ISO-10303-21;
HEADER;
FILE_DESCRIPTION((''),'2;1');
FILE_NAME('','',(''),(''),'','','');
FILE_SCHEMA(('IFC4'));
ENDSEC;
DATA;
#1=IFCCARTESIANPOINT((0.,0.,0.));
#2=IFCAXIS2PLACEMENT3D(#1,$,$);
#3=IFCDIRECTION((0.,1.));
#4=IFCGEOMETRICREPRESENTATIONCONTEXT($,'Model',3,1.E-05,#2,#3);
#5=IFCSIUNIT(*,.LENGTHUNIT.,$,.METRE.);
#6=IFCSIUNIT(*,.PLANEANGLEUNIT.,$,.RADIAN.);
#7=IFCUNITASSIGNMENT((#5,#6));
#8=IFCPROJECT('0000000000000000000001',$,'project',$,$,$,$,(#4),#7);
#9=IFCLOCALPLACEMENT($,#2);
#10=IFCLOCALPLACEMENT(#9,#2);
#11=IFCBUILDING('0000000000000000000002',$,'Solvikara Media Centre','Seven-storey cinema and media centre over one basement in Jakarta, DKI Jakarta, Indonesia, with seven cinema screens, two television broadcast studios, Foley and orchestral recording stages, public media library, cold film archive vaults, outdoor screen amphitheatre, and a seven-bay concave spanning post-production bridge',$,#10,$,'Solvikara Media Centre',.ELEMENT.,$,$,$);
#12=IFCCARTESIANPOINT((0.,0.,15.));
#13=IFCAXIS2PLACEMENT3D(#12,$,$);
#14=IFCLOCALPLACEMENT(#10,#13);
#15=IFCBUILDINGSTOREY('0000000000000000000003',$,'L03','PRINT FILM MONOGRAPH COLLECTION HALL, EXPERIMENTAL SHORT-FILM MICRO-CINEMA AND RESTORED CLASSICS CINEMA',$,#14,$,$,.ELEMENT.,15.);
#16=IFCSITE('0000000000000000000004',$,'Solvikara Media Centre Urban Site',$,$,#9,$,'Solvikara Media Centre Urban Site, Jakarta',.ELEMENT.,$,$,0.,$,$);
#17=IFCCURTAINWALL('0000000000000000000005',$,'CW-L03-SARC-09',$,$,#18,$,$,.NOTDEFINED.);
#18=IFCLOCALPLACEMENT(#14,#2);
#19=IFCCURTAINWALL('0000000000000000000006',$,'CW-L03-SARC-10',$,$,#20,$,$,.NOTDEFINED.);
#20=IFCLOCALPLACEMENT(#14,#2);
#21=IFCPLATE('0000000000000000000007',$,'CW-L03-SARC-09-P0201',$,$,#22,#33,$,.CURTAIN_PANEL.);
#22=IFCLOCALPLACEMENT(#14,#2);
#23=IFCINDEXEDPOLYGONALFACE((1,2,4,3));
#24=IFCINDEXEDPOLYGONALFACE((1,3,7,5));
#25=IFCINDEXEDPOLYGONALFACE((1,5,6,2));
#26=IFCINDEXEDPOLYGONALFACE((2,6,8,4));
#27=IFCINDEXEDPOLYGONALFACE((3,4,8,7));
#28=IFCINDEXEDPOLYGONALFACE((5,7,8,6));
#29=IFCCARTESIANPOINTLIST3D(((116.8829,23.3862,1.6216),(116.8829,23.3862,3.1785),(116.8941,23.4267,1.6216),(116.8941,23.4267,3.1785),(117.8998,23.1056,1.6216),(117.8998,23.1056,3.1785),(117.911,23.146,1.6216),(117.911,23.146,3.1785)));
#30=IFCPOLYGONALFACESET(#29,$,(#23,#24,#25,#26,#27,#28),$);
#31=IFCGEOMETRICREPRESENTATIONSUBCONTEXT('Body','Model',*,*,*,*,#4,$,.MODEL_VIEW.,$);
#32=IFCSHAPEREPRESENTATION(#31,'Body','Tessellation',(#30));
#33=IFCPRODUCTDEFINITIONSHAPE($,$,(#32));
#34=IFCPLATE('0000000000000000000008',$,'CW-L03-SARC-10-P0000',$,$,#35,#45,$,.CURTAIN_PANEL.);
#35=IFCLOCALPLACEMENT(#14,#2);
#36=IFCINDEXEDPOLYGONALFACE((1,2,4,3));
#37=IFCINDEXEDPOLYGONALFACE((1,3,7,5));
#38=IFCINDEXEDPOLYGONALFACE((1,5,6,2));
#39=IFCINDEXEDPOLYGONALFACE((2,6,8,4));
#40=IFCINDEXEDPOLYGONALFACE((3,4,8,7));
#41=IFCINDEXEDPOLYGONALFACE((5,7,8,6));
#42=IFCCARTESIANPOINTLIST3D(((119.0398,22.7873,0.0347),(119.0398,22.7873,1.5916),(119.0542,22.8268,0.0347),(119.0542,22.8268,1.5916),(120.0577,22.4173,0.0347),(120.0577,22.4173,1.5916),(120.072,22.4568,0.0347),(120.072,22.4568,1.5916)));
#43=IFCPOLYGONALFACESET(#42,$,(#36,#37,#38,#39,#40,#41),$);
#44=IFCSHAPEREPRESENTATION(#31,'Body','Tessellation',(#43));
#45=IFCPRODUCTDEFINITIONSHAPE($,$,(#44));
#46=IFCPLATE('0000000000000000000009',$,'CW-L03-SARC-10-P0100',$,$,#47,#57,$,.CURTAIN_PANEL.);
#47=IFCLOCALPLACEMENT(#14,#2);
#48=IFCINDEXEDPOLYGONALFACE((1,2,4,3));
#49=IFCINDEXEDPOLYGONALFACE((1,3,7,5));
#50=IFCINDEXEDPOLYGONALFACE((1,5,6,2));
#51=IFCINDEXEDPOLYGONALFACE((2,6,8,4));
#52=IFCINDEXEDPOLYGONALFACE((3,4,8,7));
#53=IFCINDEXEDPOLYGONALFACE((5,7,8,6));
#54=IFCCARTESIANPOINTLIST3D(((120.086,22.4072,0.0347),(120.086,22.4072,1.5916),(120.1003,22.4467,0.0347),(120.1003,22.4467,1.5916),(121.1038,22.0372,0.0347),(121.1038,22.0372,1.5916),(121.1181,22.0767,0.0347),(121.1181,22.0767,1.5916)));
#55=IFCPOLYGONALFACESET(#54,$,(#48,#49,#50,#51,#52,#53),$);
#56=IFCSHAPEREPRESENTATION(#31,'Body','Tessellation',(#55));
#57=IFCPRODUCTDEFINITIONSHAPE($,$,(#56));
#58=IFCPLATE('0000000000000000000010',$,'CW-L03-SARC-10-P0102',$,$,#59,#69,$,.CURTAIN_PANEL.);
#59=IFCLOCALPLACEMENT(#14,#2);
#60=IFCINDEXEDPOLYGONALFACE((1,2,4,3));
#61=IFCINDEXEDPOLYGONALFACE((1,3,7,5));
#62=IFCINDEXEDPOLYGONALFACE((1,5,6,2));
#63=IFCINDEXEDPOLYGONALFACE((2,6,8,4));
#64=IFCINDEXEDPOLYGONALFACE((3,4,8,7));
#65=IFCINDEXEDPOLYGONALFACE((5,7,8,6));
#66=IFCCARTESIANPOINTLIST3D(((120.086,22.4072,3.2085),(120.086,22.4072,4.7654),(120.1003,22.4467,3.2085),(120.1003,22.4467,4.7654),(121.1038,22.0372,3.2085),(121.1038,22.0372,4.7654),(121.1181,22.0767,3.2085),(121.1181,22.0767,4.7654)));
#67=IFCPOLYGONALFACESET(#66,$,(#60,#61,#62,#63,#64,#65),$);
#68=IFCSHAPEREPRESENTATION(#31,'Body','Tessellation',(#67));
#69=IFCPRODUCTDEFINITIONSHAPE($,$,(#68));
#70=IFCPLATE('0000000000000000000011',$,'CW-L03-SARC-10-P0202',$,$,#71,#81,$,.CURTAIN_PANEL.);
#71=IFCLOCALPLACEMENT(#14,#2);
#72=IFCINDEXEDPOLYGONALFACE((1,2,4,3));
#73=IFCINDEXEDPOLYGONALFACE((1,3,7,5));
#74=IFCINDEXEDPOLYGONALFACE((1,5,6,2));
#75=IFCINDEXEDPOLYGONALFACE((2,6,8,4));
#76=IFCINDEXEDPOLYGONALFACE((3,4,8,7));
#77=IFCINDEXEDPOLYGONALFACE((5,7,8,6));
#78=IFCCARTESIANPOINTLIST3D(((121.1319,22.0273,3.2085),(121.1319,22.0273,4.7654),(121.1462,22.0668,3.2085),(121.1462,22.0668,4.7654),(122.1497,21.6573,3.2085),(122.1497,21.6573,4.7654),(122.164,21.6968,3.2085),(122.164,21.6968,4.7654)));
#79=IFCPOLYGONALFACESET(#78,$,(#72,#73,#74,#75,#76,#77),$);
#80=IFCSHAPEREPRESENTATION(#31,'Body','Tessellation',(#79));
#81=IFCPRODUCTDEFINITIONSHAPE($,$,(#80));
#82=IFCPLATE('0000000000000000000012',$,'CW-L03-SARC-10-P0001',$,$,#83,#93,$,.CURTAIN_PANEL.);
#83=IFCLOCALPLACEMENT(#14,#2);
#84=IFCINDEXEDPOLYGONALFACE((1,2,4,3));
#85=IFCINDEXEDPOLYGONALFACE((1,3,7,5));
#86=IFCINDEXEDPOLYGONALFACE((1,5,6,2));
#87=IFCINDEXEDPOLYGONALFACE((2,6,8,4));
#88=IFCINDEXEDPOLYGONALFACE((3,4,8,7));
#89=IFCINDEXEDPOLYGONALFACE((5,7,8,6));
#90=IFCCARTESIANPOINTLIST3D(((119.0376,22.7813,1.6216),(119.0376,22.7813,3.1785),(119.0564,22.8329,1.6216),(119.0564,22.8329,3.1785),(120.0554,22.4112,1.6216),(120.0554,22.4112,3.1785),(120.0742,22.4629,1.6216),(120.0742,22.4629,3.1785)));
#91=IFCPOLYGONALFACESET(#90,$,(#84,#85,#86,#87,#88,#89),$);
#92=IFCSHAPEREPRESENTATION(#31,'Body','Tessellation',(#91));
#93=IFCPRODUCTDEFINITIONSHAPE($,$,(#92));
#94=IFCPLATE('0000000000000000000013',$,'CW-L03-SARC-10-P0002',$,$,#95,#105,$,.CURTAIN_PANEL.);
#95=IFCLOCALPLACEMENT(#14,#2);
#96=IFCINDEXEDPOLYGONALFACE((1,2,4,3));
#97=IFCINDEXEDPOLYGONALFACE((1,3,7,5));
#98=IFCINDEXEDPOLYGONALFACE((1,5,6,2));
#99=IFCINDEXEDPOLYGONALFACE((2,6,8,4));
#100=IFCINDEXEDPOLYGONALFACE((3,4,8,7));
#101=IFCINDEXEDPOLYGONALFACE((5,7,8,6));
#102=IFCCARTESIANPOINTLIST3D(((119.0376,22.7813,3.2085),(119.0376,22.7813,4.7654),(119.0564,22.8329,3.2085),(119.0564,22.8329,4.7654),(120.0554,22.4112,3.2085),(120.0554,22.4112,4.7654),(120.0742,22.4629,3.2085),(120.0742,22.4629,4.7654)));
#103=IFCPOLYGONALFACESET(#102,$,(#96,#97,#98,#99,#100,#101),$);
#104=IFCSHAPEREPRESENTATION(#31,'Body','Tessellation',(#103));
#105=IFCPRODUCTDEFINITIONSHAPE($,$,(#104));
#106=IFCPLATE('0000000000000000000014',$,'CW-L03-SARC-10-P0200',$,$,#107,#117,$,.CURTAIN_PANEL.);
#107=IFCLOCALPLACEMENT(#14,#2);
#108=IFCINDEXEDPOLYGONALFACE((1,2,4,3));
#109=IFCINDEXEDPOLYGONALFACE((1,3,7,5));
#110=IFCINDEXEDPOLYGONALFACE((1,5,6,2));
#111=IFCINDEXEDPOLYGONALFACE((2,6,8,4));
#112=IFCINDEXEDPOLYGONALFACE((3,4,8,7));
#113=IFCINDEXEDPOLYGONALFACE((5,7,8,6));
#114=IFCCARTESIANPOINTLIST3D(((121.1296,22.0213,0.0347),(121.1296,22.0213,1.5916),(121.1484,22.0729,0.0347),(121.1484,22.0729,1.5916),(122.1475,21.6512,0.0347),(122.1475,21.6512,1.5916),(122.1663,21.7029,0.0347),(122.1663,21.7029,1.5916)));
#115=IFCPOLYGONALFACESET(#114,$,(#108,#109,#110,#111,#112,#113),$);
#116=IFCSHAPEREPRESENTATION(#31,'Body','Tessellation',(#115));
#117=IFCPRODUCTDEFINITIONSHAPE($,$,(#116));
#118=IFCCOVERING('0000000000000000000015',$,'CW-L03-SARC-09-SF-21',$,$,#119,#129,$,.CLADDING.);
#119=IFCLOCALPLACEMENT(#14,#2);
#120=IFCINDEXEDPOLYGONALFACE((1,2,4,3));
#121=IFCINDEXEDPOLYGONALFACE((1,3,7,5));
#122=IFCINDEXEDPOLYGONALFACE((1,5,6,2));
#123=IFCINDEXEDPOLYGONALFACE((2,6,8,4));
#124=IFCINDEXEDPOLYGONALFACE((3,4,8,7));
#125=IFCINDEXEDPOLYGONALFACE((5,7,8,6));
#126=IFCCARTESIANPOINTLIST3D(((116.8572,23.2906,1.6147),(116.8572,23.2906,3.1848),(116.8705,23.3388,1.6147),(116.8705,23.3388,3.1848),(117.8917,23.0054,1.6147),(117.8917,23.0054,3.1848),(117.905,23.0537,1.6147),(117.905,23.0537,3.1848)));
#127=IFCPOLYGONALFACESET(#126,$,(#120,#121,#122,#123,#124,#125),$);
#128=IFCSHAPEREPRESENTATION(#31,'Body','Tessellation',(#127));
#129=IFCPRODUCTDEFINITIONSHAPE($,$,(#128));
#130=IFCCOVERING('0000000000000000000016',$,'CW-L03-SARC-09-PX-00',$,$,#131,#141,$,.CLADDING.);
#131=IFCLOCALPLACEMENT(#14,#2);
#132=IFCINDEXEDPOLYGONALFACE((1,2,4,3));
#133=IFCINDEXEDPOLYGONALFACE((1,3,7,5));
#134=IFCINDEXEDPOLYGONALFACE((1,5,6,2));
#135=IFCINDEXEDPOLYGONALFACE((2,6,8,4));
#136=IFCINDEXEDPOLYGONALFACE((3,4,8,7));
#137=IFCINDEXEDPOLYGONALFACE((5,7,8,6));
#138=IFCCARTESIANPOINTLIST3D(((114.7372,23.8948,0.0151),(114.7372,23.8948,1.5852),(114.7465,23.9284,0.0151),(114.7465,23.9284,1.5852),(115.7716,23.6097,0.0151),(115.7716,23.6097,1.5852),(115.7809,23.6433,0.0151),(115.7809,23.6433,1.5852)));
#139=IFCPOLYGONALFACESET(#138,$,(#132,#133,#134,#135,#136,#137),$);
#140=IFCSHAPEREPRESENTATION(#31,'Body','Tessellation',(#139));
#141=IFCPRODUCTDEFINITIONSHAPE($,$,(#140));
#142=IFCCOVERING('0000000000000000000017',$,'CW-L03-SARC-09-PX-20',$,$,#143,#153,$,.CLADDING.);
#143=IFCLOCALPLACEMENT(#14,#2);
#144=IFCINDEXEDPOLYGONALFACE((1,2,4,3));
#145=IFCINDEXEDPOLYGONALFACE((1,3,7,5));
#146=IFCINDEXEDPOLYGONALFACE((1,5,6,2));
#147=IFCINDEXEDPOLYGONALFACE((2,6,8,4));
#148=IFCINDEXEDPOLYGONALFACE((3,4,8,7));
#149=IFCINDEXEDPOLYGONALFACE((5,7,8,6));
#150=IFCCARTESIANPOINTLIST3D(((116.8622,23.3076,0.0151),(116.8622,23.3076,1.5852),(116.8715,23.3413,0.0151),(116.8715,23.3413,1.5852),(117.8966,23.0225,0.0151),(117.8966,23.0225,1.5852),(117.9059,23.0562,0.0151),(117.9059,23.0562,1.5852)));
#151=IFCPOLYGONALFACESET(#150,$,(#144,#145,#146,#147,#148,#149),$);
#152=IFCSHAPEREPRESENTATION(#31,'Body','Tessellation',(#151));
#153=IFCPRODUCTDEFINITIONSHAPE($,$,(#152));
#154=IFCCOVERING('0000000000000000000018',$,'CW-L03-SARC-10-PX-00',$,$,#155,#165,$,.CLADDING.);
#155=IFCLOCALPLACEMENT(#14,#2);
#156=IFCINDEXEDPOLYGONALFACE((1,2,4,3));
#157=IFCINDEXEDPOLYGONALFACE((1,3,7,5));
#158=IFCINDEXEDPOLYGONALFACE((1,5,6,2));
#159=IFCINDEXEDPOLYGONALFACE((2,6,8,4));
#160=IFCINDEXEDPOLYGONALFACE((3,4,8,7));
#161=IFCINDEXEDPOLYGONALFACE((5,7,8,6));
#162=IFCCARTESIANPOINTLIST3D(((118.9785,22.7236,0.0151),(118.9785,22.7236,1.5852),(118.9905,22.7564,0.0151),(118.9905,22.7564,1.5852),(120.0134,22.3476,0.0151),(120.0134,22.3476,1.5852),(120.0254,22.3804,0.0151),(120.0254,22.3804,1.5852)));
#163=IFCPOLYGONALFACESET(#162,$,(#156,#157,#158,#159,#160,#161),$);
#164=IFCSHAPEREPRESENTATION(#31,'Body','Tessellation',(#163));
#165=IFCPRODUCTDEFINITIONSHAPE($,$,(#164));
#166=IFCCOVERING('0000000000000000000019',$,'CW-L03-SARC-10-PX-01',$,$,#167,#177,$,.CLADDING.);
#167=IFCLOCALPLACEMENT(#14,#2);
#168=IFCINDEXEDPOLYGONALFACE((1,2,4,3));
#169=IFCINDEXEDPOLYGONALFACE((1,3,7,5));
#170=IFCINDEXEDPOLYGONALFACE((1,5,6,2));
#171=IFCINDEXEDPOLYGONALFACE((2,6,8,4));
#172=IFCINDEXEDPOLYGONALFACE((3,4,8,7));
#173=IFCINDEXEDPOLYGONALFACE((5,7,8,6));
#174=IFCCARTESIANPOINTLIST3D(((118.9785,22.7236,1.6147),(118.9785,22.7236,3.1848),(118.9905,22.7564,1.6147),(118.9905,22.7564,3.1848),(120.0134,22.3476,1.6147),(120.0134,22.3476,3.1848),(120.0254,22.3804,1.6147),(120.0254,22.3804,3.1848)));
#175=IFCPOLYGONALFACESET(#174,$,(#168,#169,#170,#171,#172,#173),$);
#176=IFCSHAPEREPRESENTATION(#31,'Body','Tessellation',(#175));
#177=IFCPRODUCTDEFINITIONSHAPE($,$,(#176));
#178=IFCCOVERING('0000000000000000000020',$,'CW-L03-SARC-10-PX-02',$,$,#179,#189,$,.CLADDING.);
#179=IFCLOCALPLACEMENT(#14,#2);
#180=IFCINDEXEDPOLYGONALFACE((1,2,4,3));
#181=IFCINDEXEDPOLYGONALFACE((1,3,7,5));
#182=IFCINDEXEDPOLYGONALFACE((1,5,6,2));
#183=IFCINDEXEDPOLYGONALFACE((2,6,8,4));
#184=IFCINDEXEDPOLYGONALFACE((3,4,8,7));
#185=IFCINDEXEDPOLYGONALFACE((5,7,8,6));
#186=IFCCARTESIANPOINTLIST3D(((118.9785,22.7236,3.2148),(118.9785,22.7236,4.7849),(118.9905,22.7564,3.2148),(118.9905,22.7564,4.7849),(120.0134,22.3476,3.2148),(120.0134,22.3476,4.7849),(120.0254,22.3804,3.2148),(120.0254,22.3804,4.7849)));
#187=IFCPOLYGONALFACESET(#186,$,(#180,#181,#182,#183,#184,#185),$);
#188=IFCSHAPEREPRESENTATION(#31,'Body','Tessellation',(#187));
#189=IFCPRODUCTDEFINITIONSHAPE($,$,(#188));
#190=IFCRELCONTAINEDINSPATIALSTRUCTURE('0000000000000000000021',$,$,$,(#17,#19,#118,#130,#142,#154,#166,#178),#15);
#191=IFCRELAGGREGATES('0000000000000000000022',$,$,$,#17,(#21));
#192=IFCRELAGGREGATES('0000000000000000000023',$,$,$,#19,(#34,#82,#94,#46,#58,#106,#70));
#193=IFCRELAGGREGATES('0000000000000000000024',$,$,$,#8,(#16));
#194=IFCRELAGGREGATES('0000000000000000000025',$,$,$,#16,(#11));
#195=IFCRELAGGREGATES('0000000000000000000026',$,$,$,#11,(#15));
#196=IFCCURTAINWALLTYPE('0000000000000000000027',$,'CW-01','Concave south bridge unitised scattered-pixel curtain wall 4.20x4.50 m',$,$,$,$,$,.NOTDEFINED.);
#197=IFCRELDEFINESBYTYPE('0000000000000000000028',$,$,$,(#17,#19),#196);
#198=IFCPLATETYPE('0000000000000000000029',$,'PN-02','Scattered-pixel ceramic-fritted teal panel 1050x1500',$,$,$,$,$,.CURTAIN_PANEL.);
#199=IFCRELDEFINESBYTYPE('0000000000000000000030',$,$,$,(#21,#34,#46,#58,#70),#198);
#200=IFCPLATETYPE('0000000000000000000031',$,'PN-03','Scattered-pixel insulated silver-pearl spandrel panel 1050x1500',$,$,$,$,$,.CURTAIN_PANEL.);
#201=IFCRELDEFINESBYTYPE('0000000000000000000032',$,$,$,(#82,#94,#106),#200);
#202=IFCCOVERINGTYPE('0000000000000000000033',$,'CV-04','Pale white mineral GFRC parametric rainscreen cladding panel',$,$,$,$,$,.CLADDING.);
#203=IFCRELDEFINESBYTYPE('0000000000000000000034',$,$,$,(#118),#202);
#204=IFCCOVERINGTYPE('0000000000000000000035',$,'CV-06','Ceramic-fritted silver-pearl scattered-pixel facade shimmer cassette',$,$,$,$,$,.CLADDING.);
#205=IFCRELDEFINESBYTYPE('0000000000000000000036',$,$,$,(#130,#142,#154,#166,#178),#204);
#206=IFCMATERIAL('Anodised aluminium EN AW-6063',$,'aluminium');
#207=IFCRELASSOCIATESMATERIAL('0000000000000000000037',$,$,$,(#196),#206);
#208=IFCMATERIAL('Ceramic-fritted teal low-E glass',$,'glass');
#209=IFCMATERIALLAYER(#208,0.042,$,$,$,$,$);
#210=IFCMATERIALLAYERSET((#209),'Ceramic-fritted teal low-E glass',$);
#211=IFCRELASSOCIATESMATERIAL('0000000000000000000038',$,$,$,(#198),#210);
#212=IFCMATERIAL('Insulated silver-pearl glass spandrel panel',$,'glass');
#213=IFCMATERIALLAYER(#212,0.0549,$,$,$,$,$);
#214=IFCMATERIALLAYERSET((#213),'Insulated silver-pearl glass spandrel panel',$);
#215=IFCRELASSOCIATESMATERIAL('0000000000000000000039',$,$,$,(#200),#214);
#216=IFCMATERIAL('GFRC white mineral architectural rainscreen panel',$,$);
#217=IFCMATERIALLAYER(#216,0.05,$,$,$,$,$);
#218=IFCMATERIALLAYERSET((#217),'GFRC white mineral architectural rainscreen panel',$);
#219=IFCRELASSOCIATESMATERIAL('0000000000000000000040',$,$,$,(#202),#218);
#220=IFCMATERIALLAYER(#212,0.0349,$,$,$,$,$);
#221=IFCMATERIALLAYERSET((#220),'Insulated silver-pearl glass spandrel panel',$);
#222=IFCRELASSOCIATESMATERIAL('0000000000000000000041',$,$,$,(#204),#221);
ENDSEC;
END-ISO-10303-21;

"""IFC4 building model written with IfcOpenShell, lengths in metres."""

from ifc_helpers import new_model, si_unit, direction, frame, origin, origin_2d, place, context, subcontext, project, spatial, rectangle, extrude, material, layer, layer_set, type_object, element, aggregate, save


model = new_model("IFC4")

# Units and contexts
model_context = context("Model", 3, precision=1e-05, world=origin(), true_north=direction((0.0, 1.0)))
body_context = subcontext(model_context, "Body", "Model", "MODEL_VIEW")
ifc_project = project(units=[si_unit("LENGTHUNIT", "METRE"), si_unit("PLANEANGLEUNIT", "RADIAN")], contexts=[model_context])

# Site, building, storey
site_placement = place(None, origin())
site = spatial("IfcSite", under=ifc_project, at=site_placement, Name="Solvikara Media Centre Urban Site", LongName="Solvikara Media Centre Urban Site, Jakarta", CompositionType="ELEMENT", RefElevation=0.0)
building_placement = place(site_placement, origin())
building = spatial("IfcBuilding", under=site, at=building_placement, Name="Solvikara Media Centre", Description="Seven-storey cinema and media centre over one basement in Jakarta, DKI Jakarta, Indonesia, with seven cinema screens, two television broadcast studios, Foley and orchestral recording stages, public media library, cold film archive vaults, outdoor screen amphitheatre, and a seven-bay concave spanning post-production bridge", LongName="Solvikara Media Centre", CompositionType="ELEMENT")
storey_placement = place(building_placement, frame((0.0, 0.0, 15.0)))
storey = spatial("IfcBuildingStorey", under=building, at=storey_placement, Name="L03", Description="PRINT FILM MONOGRAPH COLLECTION HALL, EXPERIMENTAL SHORT-FILM MICRO-CINEMA AND RESTORED CLASSICS CINEMA", CompositionType="ELEMENT", Elevation=15.0)

# Curtain walls
ifc_material_1 = material(Name="Anodised aluminium EN AW-6063", Category="aluminium")
curtain_wall_type = type_object("IfcCurtainWallType", Name="CW-01", Description="Concave south bridge unitised scattered-pixel curtain wall 4.20x4.50 m", PredefinedType="NOTDEFINED", material=ifc_material_1)
curtain_wall_1_placement = place(storey_placement, origin())
curtain_wall_1 = element("IfcCurtainWall", 1, at=curtain_wall_1_placement, inside=storey, type_object=curtain_wall_type, Name="CW-L03-SARC-09", PredefinedType="NOTDEFINED")
curtain_wall_2_placement = place(storey_placement, origin())
curtain_wall_2 = element("IfcCurtainWall", 2, at=curtain_wall_2_placement, inside=storey, type_object=curtain_wall_type, Name="CW-L03-SARC-10", PredefinedType="NOTDEFINED")

# Plates
ifc_material_2 = material(Name="Ceramic-fritted teal low-E glass", Category="glass")
ifc_layer_1 = layer(ifc_material_2, 0.042)
ifc_layer_set_1 = layer_set([ifc_layer_1], Name="Ceramic-fritted teal low-E glass")
plate_type_1 = type_object("IfcPlateType", Name="PN-02", Description="Scattered-pixel ceramic-fritted teal panel 1050x1500", PredefinedType="CURTAIN_PANEL", material=ifc_layer_set_1)
plate_1_placement = place(storey_placement, frame((117.397, 23.2661, 1.6216), z_axis=(0.0, 0.0, 1.0), x_axis=(0.96397, -0.26601, 0.0)))
plate_1 = element("IfcPlate", 3, at=plate_1_placement, type_object=plate_type_1, Name="CW-L03-SARC-09-P0201", PredefinedType="CURTAIN_PANEL", context=body_context, shape_type="SweptSolid", body=[
    extrude(rectangle(XDim=1.0549, YDim=0.042, at=origin_2d()), origin(), (0.0, 0.0, 1.0), 1.5569),
])
aggregate(curtain_wall_1, [plate_1])
plate_2_placement = place(storey_placement, frame((119.5559, 22.6221, 0.0347), z_axis=(0.0, 0.0, 1.0), x_axis=(0.939824, -0.341659, 0.0)))
plate_2 = element("IfcPlate", 4, at=plate_2_placement, type_object=plate_type_1, Name="CW-L03-SARC-10-P0000", PredefinedType="CURTAIN_PANEL", context=body_context, shape_type="SweptSolid", body=[
    extrude(rectangle(XDim=1.083, YDim=0.042, at=origin_2d()), origin(), (0.0, 0.0, 1.0), 1.5569),
])
plate_3_placement = place(storey_placement, frame((120.6021, 22.2419, 0.0347), z_axis=(0.0, 0.0, 1.0), x_axis=(0.939824, -0.341659, 0.0)))
plate_3 = element("IfcPlate", 5, at=plate_3_placement, type_object=plate_type_1, Name="CW-L03-SARC-10-P0100", PredefinedType="CURTAIN_PANEL", context=body_context, shape_type="SweptSolid", body=[
    extrude(rectangle(XDim=1.083, YDim=0.042, at=origin_2d()), origin(), (0.0, 0.0, 1.0), 1.5569),
])
plate_4_placement = place(storey_placement, frame((120.6021, 22.2419, 3.2085), z_axis=(0.0, 0.0, 1.0), x_axis=(0.939824, -0.341659, 0.0)))
plate_4 = element("IfcPlate", 6, at=plate_4_placement, type_object=plate_type_1, Name="CW-L03-SARC-10-P0102", PredefinedType="CURTAIN_PANEL", context=body_context, shape_type="SweptSolid", body=[
    extrude(rectangle(XDim=1.083, YDim=0.042, at=origin_2d()), origin(), (0.0, 0.0, 1.0), 1.5569),
])
plate_5_placement = place(storey_placement, frame((121.6479, 21.8621, 3.2085), z_axis=(0.0, 0.0, 1.0), x_axis=(0.939824, -0.341659, 0.0)))
plate_5 = element("IfcPlate", 7, at=plate_5_placement, type_object=plate_type_1, Name="CW-L03-SARC-10-P0202", PredefinedType="CURTAIN_PANEL", context=body_context, shape_type="SweptSolid", body=[
    extrude(rectangle(XDim=1.083, YDim=0.042, at=origin_2d()), origin(), (0.0, 0.0, 1.0), 1.5569),
])
ifc_material_3 = material(Name="Insulated silver-pearl glass spandrel panel", Category="glass")
ifc_layer_2 = layer(ifc_material_3, 0.0549)
ifc_layer_set_2 = layer_set([ifc_layer_2], Name="Insulated silver-pearl glass spandrel panel")
plate_type_2 = type_object("IfcPlateType", Name="PN-03", Description="Scattered-pixel insulated silver-pearl spandrel panel 1050x1500", PredefinedType="CURTAIN_PANEL", material=ifc_layer_set_2)
plate_6_placement = place(storey_placement, frame((119.5559, 22.6221, 1.6216), z_axis=(0.0, 0.0, 1.0), x_axis=(0.939824, -0.341659, 0.0)))
plate_6 = element("IfcPlate", 8, at=plate_6_placement, type_object=plate_type_2, Name="CW-L03-SARC-10-P0001", PredefinedType="CURTAIN_PANEL", context=body_context, shape_type="SweptSolid", body=[
    extrude(rectangle(XDim=1.083, YDim=0.0549, at=origin_2d()), origin(), (0.0, 0.0, 1.0), 1.5569),
])
plate_7_placement = place(storey_placement, frame((119.5559, 22.6221, 3.2085), z_axis=(0.0, 0.0, 1.0), x_axis=(0.939824, -0.341659, 0.0)))
plate_7 = element("IfcPlate", 9, at=plate_7_placement, type_object=plate_type_2, Name="CW-L03-SARC-10-P0002", PredefinedType="CURTAIN_PANEL", context=body_context, shape_type="SweptSolid", body=[
    extrude(rectangle(XDim=1.083, YDim=0.0549, at=origin_2d()), origin(), (0.0, 0.0, 1.0), 1.5569),
])
plate_8_placement = place(storey_placement, frame((121.6479, 21.8621, 0.0347), z_axis=(0.0, 0.0, 1.0), x_axis=(0.939824, -0.341659, 0.0)))
plate_8 = element("IfcPlate", 10, at=plate_8_placement, type_object=plate_type_2, Name="CW-L03-SARC-10-P0200", PredefinedType="CURTAIN_PANEL", context=body_context, shape_type="SweptSolid", body=[
    extrude(rectangle(XDim=1.083, YDim=0.0549, at=origin_2d()), origin(), (0.0, 0.0, 1.0), 1.5569),
])
aggregate(curtain_wall_2, [plate_2, plate_6, plate_7, plate_3, plate_4, plate_8, plate_5])

# Coverings
ifc_material_4 = material(Name="GFRC white mineral architectural rainscreen panel")
ifc_layer_3 = layer(ifc_material_4, 0.05)
ifc_layer_set_3 = layer_set([ifc_layer_3], Name="GFRC white mineral architectural rainscreen panel")
covering_type_1 = type_object("IfcCoveringType", Name="CV-04", Description="Pale white mineral GFRC parametric rainscreen cladding panel", PredefinedType="CLADDING", material=ifc_layer_set_3)
covering_placement = place(storey_placement, frame((117.3811, 23.1721, 1.6147), z_axis=(0.0, 0.0, 1.0), x_axis=(0.964049, -0.265724, 0.0)))
element("IfcCovering", 11, at=covering_placement, inside=storey, type_object=covering_type_1, Name="CW-L03-SARC-09-SF-21", PredefinedType="CLADDING", context=body_context, shape_type="SweptSolid", body=[
    extrude(rectangle(XDim=1.073, YDim=0.05, at=origin_2d()), origin(), (0.0, 0.0, 1.0), 1.5701),
])
ifc_layer_4 = layer(ifc_material_3, 0.0349)
ifc_layer_set_4 = layer_set([ifc_layer_4], Name="Insulated silver-pearl glass spandrel panel")
covering_type_2 = type_object("IfcCoveringType", Name="CV-06", Description="Ceramic-fritted silver-pearl scattered-pixel facade shimmer cassette", PredefinedType="CLADDING", material=ifc_layer_set_4)
for number, where, z_axis, x_axis, name in (
    (12, (115.259, 23.769, 0.0151), (0.0, 0.0, 1.0), (0.964049, -0.265724, 0.0), "CW-L03-SARC-09-PX-00"),
    (13, (117.384, 23.1819, 0.0151), (0.0, 0.0, 1.0), (0.964049, -0.265724, 0.0), "CW-L03-SARC-09-PX-20"),
):
    element("IfcCovering", number, at=place(storey_placement, frame(where, z_axis=z_axis, x_axis=x_axis)), inside=storey, type_object=covering_type_2, Name=name, PredefinedType="CLADDING", context=body_context, shape_type="SweptSolid", body=[
        extrude(rectangle(XDim=1.073, YDim=0.0349, at=origin_2d()), origin(), (0.0, 0.0, 1.0), 1.5701),
    ])
for number, where, z_axis, x_axis, name in (
    (14, (119.502, 22.552, 0.0151), (0.0, 0.0, 1.0), (0.939901, -0.341446, 0.0), "CW-L03-SARC-10-PX-00"),
    (15, (119.502, 22.552, 1.6147), (0.0, 0.0, 1.0), (0.939901, -0.341446, 0.0), "CW-L03-SARC-10-PX-01"),
    (16, (119.502, 22.552, 3.2148), (0.0, 0.0, 1.0), (0.939901, -0.341446, 0.0), "CW-L03-SARC-10-PX-02"),
):
    element("IfcCovering", number, at=place(storey_placement, frame(where, z_axis=z_axis, x_axis=x_axis)), inside=storey, type_object=covering_type_2, Name=name, PredefinedType="CLADDING", context=body_context, shape_type="SweptSolid", body=[
        extrude(rectangle(XDim=1.1011, YDim=0.0349, at=origin_2d()), origin(), (0.0, 0.0, 1.0), 1.5701),
    ])

save(model, "model.ifc")
